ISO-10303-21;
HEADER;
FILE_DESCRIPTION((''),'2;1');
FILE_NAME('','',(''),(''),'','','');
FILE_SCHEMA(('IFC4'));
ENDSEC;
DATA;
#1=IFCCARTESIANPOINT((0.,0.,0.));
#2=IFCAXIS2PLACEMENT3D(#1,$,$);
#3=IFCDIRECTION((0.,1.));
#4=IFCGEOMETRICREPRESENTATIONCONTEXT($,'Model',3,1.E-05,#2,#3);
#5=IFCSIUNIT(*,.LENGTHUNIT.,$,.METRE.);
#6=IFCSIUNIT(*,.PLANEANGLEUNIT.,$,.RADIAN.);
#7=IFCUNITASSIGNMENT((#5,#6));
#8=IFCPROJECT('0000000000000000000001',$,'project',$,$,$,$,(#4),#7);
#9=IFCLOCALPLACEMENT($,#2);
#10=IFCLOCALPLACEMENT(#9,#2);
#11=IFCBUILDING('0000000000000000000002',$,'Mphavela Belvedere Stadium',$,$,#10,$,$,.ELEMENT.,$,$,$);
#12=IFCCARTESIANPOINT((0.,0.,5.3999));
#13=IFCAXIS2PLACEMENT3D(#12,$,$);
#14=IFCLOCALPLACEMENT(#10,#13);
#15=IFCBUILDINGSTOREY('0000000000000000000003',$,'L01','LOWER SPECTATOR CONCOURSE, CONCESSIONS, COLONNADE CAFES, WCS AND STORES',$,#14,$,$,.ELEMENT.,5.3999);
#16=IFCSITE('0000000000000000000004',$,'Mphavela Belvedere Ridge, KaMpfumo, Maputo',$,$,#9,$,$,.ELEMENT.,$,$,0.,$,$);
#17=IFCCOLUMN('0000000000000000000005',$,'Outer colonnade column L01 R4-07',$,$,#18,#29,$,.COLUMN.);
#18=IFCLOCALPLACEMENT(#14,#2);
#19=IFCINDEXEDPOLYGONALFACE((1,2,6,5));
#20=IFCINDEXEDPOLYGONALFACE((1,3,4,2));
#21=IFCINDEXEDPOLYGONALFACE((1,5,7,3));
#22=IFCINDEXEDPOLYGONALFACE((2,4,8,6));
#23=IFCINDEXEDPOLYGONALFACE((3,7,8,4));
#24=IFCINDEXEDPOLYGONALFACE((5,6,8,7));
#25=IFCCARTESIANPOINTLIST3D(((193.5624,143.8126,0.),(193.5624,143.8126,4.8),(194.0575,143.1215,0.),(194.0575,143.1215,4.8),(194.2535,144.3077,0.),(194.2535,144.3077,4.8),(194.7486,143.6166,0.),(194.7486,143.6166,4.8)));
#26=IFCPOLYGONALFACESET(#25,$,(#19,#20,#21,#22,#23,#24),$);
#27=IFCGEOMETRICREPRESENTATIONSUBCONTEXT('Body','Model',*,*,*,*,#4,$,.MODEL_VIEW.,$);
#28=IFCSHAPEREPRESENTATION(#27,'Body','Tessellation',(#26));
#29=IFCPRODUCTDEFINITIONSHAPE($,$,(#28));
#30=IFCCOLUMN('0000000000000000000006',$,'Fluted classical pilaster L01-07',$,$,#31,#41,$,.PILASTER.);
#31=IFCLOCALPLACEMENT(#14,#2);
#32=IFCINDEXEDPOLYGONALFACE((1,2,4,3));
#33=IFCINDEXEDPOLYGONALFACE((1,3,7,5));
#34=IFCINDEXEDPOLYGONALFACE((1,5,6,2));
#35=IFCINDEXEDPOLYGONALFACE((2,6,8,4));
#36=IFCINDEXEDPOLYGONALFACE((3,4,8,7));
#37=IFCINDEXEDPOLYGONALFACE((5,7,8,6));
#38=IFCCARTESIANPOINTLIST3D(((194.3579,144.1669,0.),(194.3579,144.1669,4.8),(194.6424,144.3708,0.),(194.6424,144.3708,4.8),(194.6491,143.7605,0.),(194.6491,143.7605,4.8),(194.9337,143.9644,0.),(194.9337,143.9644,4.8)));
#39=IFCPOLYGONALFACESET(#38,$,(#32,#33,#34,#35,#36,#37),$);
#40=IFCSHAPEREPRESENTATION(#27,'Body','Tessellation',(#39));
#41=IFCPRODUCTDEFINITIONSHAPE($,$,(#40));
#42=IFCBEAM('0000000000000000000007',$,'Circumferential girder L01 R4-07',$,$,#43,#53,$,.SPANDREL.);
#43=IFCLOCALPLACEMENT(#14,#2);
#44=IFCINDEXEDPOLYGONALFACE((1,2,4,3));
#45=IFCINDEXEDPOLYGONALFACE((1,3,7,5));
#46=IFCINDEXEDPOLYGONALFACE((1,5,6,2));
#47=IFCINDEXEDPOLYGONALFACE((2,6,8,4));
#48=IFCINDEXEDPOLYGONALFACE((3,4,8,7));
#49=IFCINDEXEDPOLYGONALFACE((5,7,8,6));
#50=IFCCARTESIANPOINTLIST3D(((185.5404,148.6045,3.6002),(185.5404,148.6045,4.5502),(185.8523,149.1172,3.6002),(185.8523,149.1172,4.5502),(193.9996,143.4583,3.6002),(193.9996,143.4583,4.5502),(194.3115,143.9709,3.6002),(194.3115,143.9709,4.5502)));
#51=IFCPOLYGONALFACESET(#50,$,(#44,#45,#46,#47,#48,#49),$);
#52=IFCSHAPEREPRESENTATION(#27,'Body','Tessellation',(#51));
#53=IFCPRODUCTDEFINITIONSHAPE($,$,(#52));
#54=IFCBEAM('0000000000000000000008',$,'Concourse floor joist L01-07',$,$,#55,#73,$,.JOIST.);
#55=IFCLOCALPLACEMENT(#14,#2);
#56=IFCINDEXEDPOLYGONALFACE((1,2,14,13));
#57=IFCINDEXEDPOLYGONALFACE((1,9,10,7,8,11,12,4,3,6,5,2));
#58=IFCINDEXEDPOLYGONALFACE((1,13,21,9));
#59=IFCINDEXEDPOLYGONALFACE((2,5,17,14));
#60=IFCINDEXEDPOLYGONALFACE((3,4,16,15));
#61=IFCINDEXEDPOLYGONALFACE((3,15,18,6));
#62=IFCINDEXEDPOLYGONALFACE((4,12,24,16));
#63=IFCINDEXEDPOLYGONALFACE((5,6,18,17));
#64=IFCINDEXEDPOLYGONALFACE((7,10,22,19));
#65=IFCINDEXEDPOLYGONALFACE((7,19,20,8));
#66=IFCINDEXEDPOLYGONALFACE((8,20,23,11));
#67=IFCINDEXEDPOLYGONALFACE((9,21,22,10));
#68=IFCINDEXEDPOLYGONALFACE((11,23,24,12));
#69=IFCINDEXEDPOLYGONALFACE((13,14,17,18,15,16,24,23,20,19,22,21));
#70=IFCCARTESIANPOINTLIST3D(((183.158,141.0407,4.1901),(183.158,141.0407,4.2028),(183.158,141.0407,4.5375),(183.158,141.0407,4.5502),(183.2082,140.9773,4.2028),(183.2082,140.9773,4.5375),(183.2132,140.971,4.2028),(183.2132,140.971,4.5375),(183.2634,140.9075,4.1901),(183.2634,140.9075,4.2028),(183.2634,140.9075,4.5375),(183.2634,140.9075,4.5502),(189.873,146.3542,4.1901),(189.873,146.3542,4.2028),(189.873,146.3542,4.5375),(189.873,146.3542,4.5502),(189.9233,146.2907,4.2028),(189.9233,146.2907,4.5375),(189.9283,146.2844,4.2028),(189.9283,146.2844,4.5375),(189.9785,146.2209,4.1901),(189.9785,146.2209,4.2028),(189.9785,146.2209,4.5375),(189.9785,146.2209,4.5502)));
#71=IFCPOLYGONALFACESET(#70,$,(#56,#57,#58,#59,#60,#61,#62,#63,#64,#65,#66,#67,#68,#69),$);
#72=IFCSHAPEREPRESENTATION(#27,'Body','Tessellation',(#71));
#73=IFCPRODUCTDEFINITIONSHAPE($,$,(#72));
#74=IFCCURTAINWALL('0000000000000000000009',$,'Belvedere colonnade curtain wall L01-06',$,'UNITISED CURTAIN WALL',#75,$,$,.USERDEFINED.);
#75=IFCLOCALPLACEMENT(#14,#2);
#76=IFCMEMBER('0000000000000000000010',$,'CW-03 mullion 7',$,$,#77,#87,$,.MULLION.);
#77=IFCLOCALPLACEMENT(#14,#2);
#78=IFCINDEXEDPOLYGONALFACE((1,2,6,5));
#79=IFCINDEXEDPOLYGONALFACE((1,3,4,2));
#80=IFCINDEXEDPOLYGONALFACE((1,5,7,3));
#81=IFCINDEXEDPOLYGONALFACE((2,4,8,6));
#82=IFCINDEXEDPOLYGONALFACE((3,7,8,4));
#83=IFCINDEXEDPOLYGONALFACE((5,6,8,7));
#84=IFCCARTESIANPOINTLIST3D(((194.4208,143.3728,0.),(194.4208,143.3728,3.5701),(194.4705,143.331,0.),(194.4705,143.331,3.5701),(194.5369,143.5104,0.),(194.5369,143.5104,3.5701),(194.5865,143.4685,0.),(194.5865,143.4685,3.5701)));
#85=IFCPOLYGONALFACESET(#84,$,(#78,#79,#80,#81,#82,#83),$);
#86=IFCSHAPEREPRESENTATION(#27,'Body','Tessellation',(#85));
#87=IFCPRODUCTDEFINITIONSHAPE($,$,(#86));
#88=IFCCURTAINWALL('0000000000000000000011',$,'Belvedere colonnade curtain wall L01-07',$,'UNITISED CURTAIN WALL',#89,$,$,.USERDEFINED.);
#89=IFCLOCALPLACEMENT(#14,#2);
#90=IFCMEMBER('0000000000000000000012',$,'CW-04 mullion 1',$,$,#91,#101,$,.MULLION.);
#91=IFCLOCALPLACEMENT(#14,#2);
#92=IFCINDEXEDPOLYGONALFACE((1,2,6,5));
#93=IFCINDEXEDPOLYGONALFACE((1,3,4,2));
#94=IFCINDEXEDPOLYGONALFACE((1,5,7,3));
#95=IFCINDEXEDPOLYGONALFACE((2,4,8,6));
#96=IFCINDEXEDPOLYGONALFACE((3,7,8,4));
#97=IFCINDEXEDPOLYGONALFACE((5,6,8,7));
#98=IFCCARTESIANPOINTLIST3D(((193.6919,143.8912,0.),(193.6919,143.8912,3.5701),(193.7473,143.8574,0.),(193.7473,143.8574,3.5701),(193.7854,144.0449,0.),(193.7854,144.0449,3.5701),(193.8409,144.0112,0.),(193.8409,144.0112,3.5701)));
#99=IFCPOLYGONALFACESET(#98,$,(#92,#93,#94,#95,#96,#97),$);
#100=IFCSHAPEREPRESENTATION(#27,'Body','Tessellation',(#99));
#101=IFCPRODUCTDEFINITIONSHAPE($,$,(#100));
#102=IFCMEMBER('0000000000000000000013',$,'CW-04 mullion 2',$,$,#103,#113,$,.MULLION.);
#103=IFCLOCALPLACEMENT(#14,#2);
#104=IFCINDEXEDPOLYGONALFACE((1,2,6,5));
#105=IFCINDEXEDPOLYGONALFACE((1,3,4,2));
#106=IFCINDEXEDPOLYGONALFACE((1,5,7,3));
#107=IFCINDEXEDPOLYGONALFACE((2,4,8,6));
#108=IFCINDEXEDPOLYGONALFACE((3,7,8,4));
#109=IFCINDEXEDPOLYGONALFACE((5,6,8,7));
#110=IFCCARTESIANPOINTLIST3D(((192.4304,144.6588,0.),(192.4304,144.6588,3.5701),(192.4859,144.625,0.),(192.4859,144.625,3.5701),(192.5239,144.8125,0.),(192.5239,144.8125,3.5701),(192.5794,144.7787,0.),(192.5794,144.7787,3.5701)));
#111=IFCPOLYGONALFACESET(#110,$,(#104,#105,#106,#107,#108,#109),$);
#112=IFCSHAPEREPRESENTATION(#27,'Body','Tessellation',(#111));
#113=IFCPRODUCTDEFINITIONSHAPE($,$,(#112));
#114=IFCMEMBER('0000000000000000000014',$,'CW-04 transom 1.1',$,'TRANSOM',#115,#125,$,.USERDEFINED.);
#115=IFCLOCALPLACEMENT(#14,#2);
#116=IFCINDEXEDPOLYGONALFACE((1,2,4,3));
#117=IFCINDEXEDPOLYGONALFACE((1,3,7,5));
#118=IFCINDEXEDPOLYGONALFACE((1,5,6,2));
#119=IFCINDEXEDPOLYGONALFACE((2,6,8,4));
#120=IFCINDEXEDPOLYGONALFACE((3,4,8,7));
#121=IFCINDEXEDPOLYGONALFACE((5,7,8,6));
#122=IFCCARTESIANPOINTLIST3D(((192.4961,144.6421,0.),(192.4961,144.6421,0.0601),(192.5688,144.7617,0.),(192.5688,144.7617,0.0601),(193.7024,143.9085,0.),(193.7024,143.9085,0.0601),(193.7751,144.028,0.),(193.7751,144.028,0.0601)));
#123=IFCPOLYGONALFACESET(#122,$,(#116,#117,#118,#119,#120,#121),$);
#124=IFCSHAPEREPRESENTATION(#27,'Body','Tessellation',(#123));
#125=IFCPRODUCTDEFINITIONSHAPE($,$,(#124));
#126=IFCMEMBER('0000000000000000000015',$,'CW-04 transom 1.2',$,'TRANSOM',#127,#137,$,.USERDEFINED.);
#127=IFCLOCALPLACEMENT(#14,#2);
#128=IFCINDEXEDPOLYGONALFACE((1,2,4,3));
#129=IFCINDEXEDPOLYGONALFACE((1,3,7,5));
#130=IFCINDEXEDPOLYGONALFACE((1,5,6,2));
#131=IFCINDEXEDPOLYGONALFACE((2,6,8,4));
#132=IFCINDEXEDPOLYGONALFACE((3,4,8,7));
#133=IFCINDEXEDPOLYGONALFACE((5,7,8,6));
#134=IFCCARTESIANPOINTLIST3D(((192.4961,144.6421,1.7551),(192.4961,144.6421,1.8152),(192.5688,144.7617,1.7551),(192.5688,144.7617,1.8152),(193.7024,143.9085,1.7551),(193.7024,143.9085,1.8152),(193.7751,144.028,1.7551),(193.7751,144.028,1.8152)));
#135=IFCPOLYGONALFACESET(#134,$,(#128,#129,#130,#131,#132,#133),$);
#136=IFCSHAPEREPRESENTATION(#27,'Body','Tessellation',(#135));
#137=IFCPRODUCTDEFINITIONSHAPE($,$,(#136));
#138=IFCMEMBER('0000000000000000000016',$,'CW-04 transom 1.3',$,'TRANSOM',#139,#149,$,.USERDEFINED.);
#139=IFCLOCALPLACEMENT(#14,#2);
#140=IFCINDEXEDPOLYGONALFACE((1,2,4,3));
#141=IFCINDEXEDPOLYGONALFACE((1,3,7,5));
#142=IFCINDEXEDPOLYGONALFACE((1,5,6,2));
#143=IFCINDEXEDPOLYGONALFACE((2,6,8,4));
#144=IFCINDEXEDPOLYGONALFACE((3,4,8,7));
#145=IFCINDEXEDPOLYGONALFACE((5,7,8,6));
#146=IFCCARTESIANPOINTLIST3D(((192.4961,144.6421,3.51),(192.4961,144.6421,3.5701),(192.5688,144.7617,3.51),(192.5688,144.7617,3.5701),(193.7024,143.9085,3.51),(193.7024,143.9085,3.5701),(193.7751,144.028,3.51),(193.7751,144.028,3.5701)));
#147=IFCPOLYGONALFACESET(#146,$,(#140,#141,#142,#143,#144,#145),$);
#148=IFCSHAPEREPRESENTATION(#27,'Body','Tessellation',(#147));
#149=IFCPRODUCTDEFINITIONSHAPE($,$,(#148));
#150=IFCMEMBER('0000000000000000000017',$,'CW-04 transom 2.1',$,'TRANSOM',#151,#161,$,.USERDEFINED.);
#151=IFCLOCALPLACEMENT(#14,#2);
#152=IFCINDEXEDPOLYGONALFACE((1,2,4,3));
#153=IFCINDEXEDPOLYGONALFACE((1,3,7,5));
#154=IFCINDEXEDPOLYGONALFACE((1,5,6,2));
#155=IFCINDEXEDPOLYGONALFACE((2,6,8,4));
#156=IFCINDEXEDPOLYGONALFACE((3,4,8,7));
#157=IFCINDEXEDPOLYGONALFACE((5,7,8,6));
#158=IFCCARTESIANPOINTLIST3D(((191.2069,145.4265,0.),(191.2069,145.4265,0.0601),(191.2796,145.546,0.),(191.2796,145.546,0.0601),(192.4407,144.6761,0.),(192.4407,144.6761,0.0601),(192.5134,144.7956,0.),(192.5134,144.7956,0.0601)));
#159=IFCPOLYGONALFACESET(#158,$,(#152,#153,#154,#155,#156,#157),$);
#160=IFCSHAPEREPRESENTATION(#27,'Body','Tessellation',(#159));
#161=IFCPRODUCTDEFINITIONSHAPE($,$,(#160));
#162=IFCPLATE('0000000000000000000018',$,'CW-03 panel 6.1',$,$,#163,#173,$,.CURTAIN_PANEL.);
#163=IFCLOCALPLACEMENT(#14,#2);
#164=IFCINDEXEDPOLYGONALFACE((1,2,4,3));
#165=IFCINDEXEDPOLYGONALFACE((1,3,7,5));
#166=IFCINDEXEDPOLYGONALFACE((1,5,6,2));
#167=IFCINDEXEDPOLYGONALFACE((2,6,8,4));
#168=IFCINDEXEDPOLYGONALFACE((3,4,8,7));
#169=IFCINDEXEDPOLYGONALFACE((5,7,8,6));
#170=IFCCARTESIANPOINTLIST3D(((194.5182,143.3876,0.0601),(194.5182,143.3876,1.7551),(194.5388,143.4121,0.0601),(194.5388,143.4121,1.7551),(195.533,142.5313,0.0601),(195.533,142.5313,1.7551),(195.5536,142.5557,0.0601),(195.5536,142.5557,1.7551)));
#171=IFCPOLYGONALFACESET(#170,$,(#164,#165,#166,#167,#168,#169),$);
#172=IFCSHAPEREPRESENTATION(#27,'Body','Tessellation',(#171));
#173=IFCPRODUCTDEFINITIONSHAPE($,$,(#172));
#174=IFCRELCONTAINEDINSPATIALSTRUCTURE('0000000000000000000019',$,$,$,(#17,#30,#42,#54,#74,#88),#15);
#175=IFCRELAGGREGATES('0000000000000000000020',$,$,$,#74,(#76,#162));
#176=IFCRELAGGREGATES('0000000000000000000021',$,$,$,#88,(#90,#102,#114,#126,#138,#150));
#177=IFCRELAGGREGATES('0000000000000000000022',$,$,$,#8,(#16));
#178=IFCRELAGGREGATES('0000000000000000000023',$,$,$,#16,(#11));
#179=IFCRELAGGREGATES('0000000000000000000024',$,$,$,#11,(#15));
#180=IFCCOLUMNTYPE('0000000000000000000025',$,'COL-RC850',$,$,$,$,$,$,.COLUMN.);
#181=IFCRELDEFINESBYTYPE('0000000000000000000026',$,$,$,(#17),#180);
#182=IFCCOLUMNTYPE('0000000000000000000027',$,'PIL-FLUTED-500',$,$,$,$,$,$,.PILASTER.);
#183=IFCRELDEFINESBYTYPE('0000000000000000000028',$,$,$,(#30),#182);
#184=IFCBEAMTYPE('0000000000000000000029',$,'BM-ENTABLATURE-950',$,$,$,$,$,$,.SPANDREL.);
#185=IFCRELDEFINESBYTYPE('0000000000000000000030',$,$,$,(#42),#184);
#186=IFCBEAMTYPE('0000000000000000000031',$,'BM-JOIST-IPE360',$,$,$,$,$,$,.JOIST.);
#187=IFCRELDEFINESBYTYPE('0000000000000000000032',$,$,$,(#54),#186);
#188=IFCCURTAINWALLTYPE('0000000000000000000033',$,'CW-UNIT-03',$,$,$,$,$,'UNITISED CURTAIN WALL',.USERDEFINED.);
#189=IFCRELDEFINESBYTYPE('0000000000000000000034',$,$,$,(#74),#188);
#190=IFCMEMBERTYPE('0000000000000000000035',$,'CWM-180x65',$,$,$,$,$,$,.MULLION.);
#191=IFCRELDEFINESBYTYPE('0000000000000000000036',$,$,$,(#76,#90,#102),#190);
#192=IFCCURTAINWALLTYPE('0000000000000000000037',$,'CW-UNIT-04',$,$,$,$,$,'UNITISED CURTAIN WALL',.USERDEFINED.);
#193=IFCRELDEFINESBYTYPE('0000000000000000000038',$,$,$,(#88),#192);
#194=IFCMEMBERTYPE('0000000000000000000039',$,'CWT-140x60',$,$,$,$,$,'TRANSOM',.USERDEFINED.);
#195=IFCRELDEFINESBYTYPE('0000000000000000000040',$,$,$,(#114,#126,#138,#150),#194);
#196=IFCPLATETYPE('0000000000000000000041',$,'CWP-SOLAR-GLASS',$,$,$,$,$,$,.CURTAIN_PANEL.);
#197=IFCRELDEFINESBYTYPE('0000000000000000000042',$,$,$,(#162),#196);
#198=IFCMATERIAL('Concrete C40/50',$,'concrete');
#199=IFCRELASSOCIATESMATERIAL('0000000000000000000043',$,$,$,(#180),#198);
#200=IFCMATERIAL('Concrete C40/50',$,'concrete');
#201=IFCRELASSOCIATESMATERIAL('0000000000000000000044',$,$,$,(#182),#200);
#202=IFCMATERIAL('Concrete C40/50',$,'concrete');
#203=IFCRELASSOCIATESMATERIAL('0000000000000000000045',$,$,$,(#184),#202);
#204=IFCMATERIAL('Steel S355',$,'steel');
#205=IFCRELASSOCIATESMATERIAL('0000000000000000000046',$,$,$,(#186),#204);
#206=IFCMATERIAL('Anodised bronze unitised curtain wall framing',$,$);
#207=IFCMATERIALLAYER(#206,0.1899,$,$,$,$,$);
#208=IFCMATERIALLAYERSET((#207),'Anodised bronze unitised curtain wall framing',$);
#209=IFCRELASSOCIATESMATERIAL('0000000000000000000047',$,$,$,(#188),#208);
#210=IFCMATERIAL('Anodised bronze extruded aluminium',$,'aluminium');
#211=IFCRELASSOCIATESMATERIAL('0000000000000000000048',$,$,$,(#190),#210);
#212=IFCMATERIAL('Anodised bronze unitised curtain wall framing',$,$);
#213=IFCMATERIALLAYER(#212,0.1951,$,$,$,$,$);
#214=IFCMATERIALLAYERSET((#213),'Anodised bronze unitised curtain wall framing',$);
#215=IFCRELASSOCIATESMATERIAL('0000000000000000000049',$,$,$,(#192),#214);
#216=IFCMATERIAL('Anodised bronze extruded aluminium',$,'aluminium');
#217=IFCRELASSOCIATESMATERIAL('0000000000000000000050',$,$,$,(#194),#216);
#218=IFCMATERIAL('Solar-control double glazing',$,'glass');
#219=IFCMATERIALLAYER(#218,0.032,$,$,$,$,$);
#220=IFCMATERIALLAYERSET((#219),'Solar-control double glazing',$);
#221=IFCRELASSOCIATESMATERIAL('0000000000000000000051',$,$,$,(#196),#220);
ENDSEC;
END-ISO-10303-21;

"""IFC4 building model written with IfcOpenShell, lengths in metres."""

from ifc_helpers import new_model, si_unit, direction, frame, origin, origin_2d, place, context, subcontext, project, spatial, rectangle, i_section, extrude, material, layer, layer_set, material_profile, profile_set, type_object, element, aggregate, save


model = new_model("IFC4")

# Units and contexts
model_context = context("Model", 3, precision=1e-05, world=origin(), true_north=direction((0.0, 1.0)))
body_context = subcontext(model_context, "Body", "Model", "MODEL_VIEW")
ifc_project = project(units=[si_unit("LENGTHUNIT", "METRE"), si_unit("PLANEANGLEUNIT", "RADIAN")], contexts=[model_context])

# Site, building, storey
site_placement = place(None, origin())
site = spatial("IfcSite", under=ifc_project, at=site_placement, Name="Mphavela Belvedere Ridge, KaMpfumo, Maputo", CompositionType="ELEMENT", RefElevation=0.0)
building_placement = place(site_placement, origin())
building = spatial("IfcBuilding", under=site, at=building_placement, Name="Mphavela Belvedere Stadium", CompositionType="ELEMENT")
storey_placement = place(building_placement, frame((0.0, 0.0, 5.3999)))
storey = spatial("IfcBuildingStorey", under=building, at=storey_placement, Name="L01", Description="LOWER SPECTATOR CONCOURSE, CONCESSIONS, COLONNADE CAFES, WCS AND STORES", CompositionType="ELEMENT", Elevation=5.3999)

# Columns
ifc_material_1 = material(Name="Concrete C40/50", Category="concrete")
ifc_material_profile_1 = material_profile(ifc_material_1, rectangle(XDim=0.8501, YDim=0.8501, at=origin_2d()), Name="RC 850x850")
ifc_profile_set_1 = profile_set([ifc_material_profile_1], Name="Concrete C40/50")
column_type_1 = type_object("IfcColumnType", Name="COL-RC850", PredefinedType="COLUMN", material=ifc_profile_set_1)
column_1_placement = place(storey_placement, frame((194.1555, 143.7146, 0.0), z_axis=(0.0, 0.0, 1.0), x_axis=(0.812898, 0.582407, 0.0)))
element("IfcColumn", 1, at=column_1_placement, inside=storey, type_object=column_type_1, Name="Outer colonnade column L01 R4-07", PredefinedType="COLUMN", context=body_context, shape_type="SweptSolid", body=[
    extrude(rectangle(XDim=0.8501, YDim=0.8501, at=origin_2d()), origin(), (0.0, 0.0, 1.0), 4.8),
])
ifc_material_2 = material(Name="Concrete C40/50", Category="concrete")
ifc_material_profile_2 = material_profile(ifc_material_2, rectangle(XDim=0.5, YDim=0.3501, at=origin_2d()), Name="PIL 500x350")
ifc_profile_set_2 = profile_set([ifc_material_profile_2], Name="Concrete C40/50")
column_type_2 = type_object("IfcColumnType", Name="PIL-FLUTED-500", PredefinedType="PILASTER", material=ifc_profile_set_2)
column_2_placement = place(storey_placement, frame((194.6458, 144.0657, 0.0), z_axis=(0.0, 0.0, 1.0), x_axis=(-0.582407, 0.812898, 0.0)))
element("IfcColumn", 2, at=column_2_placement, inside=storey, type_object=column_type_2, Name="Fluted classical pilaster L01-07", PredefinedType="PILASTER", context=body_context, shape_type="SweptSolid", body=[
    extrude(rectangle(XDim=0.5, YDim=0.3501, at=origin_2d()), origin(), (0.0, 0.0, 1.0), 4.8),
])

# Beams
ifc_material_3 = material(Name="Concrete C40/50", Category="concrete")
ifc_material_profile_3 = material_profile(ifc_material_3, rectangle(XDim=0.6001, YDim=0.95, at=origin_2d()), Name="RC 600x950")
ifc_profile_set_3 = profile_set([ifc_material_profile_3], Name="Concrete C40/50")
beam_type_1 = type_object("IfcBeamType", Name="BM-ENTABLATURE-950", PredefinedType="SPANDREL", material=ifc_profile_set_3)
beam_1_placement = place(storey_placement, frame((194.1555, 143.7146, 4.0752), z_axis=(-0.854327, 0.519737, 0.0), x_axis=(-0.519737, -0.854327, 0.0)))
element("IfcBeam", 3, at=beam_1_placement, inside=storey, type_object=beam_type_1, Name="Circumferential girder L01 R4-07", PredefinedType="SPANDREL", context=body_context, shape_type="SweptSolid", body=[
    extrude(rectangle(XDim=0.6001, YDim=0.95, at=origin_2d()), origin(), (0.0, 0.0, 1.0), 9.9016),
])
ifc_material_4 = material(Name="Steel S355", Category="steel")
ifc_material_profile_4 = material_profile(ifc_material_4, i_section(OverallWidth=0.1699, OverallDepth=0.3601, WebThickness=0.0081, FlangeThickness=0.0127, at=origin_2d()), Name="IPE 360")
ifc_profile_set_4 = profile_set([ifc_material_profile_4], Name="Steel S355")
beam_type_2 = type_object("IfcBeamType", Name="BM-JOIST-IPE360", PredefinedType="JOIST", material=ifc_profile_set_4)
beam_2_placement = place(storey_placement, frame((183.2107, 140.9741, 4.3701), z_axis=(0.784196, 0.620514, 0.0), x_axis=(-0.620514, 0.784196, 0.0)))
element("IfcBeam", 4, at=beam_2_placement, inside=storey, type_object=beam_type_2, Name="Concourse floor joist L01-07", PredefinedType="JOIST", context=body_context, shape_type="SweptSolid", body=[
    extrude(i_section(OverallWidth=0.1699, OverallDepth=0.3601, WebThickness=0.0081, FlangeThickness=0.0127, at=origin_2d()), origin(), (0.0, 0.0, 1.0), 8.563),
])

# Curtain wall, member
ifc_material_5 = material(Name="Anodised bronze unitised curtain wall framing")
ifc_layer_1 = layer(ifc_material_5, 0.1899)
ifc_layer_set_1 = layer_set([ifc_layer_1], Name="Anodised bronze unitised curtain wall framing")
curtain_wall_type_1 = type_object("IfcCurtainWallType", Name="CW-UNIT-03", ElementType="UNITISED CURTAIN WALL", PredefinedType="USERDEFINED", material=ifc_layer_set_1)
curtain_wall_1_placement = place(storey_placement, origin())
curtain_wall_1 = element("IfcCurtainWall", 5, at=curtain_wall_1_placement, inside=storey, type_object=curtain_wall_type_1, Name="Belvedere colonnade curtain wall L01-06", ObjectType="UNITISED CURTAIN WALL", PredefinedType="USERDEFINED")
ifc_material_6 = material(Name="Anodised bronze extruded aluminium", Category="aluminium")
ifc_material_profile_5 = material_profile(ifc_material_6, rectangle(XDim=0.1799, YDim=0.0649, at=origin_2d()), Name="CW-MUL 180x65")
ifc_profile_set_5 = profile_set([ifc_material_profile_5], Name="Anodised bronze extruded aluminium")
member_type_1 = type_object("IfcMemberType", Name="CWM-180x65", PredefinedType="MULLION", material=ifc_profile_set_5)
member_1_placement = place(storey_placement, frame((194.5037, 143.4207, 0.0), z_axis=(0.0, 0.0, 1.0), x_axis=(-0.64491, -0.764259, 0.0)))
member_1 = element("IfcMember", 6, at=member_1_placement, type_object=member_type_1, Name="CW-03 mullion 7", PredefinedType="MULLION", context=body_context, shape_type="SweptSolid", body=[
    extrude(rectangle(XDim=0.1799, YDim=0.0649, at=origin_2d()), origin(), (0.0, 0.0, 1.0), 3.5701),
])

# Curtain wall, members
ifc_material_7 = material(Name="Anodised bronze unitised curtain wall framing")
ifc_layer_2 = layer(ifc_material_7, 0.1951)
ifc_layer_set_2 = layer_set([ifc_layer_2], Name="Anodised bronze unitised curtain wall framing")
curtain_wall_type_2 = type_object("IfcCurtainWallType", Name="CW-UNIT-04", ElementType="UNITISED CURTAIN WALL", PredefinedType="USERDEFINED", material=ifc_layer_set_2)
curtain_wall_2_placement = place(storey_placement, origin())
curtain_wall_2 = element("IfcCurtainWall", 7, at=curtain_wall_2_placement, inside=storey, type_object=curtain_wall_type_2, Name="Belvedere colonnade curtain wall L01-07", ObjectType="UNITISED CURTAIN WALL", PredefinedType="USERDEFINED")
member_2_placement = place(storey_placement, frame((193.7664, 143.9512, 0.0), z_axis=(0.0, 0.0, 1.0), x_axis=(-0.519735, -0.854328, 0.0)))
member_2 = element("IfcMember", 8, at=member_2_placement, type_object=member_type_1, Name="CW-04 mullion 1", PredefinedType="MULLION", context=body_context, shape_type="SweptSolid", body=[
    extrude(rectangle(XDim=0.1799, YDim=0.0649, at=origin_2d()), origin(), (0.0, 0.0, 1.0), 3.5701),
])
member_3_placement = place(storey_placement, frame((192.5049, 144.7188, 0.0), z_axis=(0.0, 0.0, 1.0), x_axis=(-0.519735, -0.854328, 0.0)))
member_3 = element("IfcMember", 9, at=member_3_placement, type_object=member_type_1, Name="CW-04 mullion 2", PredefinedType="MULLION", context=body_context, shape_type="SweptSolid", body=[
    extrude(rectangle(XDim=0.1799, YDim=0.0649, at=origin_2d()), origin(), (0.0, 0.0, 1.0), 3.5701),
])
ifc_material_8 = material(Name="Anodised bronze extruded aluminium", Category="aluminium")
ifc_material_profile_6 = material_profile(ifc_material_8, rectangle(XDim=0.1399, YDim=0.0601, at=origin_2d()), Name="CW-TRN 140x60")
ifc_profile_set_6 = profile_set([ifc_material_profile_6], Name="Anodised bronze extruded aluminium")
member_type_2 = type_object("IfcMemberType", Name="CWT-140x60", ElementType="TRANSOM", PredefinedType="USERDEFINED", material=ifc_profile_set_6)
member_4_placement = place(storey_placement, frame((193.7388, 143.9683, 0.03), z_axis=(-0.854396, 0.519623, 0.0), x_axis=(-0.519623, -0.854396, 0.0)))
member_4 = element("IfcMember", 10, at=member_4_placement, type_object=member_type_2, Name="CW-04 transom 1.1", ObjectType="TRANSOM", PredefinedType="USERDEFINED", context=body_context, shape_type="SweptSolid", body=[
    extrude(rectangle(XDim=0.1399, YDim=0.0601, at=origin_2d()), origin(), (0.0, 0.0, 1.0), 1.4119),
])
member_5_placement = place(storey_placement, frame((193.7388, 143.9683, 1.7852), z_axis=(-0.854396, 0.519623, 0.0), x_axis=(-0.519623, -0.854396, 0.0)))
member_5 = element("IfcMember", 11, at=member_5_placement, type_object=member_type_2, Name="CW-04 transom 1.2", ObjectType="TRANSOM", PredefinedType="USERDEFINED", context=body_context, shape_type="SweptSolid", body=[
    extrude(rectangle(XDim=0.1399, YDim=0.0601, at=origin_2d()), origin(), (0.0, 0.0, 1.0), 1.4119),
])
member_6_placement = place(storey_placement, frame((193.7388, 143.9683, 3.54), z_axis=(-0.854396, 0.519623, 0.0), x_axis=(-0.519623, -0.854396, 0.0)))
member_6 = element("IfcMember", 12, at=member_6_placement, type_object=member_type_2, Name="CW-04 transom 1.3", ObjectType="TRANSOM", PredefinedType="USERDEFINED", context=body_context, shape_type="SweptSolid", body=[
    extrude(rectangle(XDim=0.1399, YDim=0.0601, at=origin_2d()), origin(), (0.0, 0.0, 1.0), 1.4119),
])
member_7_placement = place(storey_placement, frame((192.4771, 144.7358, 0.03), z_axis=(-0.854375, 0.519657, 0.0), x_axis=(-0.519657, -0.854375, 0.0)))
member_7 = element("IfcMember", 13, at=member_7_placement, type_object=member_type_2, Name="CW-04 transom 2.1", ObjectType="TRANSOM", PredefinedType="USERDEFINED", context=body_context, shape_type="SweptSolid", body=[
    extrude(rectangle(XDim=0.1399, YDim=0.0601, at=origin_2d()), origin(), (0.0, 0.0, 1.0), 1.4441),
])

# Plate
ifc_material_9 = material(Name="Solar-control double glazing", Category="glass")
ifc_layer_3 = layer(ifc_material_9, 0.032)
ifc_layer_set_3 = layer_set([ifc_layer_3], Name="Solar-control double glazing")
plate_type = type_object("IfcPlateType", Name="CWP-SOLAR-GLASS", PredefinedType="CURTAIN_PANEL", material=ifc_layer_set_3)
plate_1_placement = place(storey_placement, frame((195.0359, 142.9717, 0.0601), z_axis=(0.0, 0.0, 1.0), x_axis=(-0.764259, 0.64491, 0.0)))
plate_1 = element("IfcPlate", 14, at=plate_1_placement, type_object=plate_type, Name="CW-03 panel 6.1", PredefinedType="CURTAIN_PANEL", context=body_context, shape_type="SweptSolid", body=[
    extrude(rectangle(XDim=1.3279, YDim=0.032, at=origin_2d()), origin(), (0.0, 0.0, 1.0), 1.6951),
])
aggregate(curtain_wall_1, [member_1, plate_1])
aggregate(curtain_wall_2, [member_2, member_3, member_4, member_5, member_6, member_7])

save(model, "model.ifc")
